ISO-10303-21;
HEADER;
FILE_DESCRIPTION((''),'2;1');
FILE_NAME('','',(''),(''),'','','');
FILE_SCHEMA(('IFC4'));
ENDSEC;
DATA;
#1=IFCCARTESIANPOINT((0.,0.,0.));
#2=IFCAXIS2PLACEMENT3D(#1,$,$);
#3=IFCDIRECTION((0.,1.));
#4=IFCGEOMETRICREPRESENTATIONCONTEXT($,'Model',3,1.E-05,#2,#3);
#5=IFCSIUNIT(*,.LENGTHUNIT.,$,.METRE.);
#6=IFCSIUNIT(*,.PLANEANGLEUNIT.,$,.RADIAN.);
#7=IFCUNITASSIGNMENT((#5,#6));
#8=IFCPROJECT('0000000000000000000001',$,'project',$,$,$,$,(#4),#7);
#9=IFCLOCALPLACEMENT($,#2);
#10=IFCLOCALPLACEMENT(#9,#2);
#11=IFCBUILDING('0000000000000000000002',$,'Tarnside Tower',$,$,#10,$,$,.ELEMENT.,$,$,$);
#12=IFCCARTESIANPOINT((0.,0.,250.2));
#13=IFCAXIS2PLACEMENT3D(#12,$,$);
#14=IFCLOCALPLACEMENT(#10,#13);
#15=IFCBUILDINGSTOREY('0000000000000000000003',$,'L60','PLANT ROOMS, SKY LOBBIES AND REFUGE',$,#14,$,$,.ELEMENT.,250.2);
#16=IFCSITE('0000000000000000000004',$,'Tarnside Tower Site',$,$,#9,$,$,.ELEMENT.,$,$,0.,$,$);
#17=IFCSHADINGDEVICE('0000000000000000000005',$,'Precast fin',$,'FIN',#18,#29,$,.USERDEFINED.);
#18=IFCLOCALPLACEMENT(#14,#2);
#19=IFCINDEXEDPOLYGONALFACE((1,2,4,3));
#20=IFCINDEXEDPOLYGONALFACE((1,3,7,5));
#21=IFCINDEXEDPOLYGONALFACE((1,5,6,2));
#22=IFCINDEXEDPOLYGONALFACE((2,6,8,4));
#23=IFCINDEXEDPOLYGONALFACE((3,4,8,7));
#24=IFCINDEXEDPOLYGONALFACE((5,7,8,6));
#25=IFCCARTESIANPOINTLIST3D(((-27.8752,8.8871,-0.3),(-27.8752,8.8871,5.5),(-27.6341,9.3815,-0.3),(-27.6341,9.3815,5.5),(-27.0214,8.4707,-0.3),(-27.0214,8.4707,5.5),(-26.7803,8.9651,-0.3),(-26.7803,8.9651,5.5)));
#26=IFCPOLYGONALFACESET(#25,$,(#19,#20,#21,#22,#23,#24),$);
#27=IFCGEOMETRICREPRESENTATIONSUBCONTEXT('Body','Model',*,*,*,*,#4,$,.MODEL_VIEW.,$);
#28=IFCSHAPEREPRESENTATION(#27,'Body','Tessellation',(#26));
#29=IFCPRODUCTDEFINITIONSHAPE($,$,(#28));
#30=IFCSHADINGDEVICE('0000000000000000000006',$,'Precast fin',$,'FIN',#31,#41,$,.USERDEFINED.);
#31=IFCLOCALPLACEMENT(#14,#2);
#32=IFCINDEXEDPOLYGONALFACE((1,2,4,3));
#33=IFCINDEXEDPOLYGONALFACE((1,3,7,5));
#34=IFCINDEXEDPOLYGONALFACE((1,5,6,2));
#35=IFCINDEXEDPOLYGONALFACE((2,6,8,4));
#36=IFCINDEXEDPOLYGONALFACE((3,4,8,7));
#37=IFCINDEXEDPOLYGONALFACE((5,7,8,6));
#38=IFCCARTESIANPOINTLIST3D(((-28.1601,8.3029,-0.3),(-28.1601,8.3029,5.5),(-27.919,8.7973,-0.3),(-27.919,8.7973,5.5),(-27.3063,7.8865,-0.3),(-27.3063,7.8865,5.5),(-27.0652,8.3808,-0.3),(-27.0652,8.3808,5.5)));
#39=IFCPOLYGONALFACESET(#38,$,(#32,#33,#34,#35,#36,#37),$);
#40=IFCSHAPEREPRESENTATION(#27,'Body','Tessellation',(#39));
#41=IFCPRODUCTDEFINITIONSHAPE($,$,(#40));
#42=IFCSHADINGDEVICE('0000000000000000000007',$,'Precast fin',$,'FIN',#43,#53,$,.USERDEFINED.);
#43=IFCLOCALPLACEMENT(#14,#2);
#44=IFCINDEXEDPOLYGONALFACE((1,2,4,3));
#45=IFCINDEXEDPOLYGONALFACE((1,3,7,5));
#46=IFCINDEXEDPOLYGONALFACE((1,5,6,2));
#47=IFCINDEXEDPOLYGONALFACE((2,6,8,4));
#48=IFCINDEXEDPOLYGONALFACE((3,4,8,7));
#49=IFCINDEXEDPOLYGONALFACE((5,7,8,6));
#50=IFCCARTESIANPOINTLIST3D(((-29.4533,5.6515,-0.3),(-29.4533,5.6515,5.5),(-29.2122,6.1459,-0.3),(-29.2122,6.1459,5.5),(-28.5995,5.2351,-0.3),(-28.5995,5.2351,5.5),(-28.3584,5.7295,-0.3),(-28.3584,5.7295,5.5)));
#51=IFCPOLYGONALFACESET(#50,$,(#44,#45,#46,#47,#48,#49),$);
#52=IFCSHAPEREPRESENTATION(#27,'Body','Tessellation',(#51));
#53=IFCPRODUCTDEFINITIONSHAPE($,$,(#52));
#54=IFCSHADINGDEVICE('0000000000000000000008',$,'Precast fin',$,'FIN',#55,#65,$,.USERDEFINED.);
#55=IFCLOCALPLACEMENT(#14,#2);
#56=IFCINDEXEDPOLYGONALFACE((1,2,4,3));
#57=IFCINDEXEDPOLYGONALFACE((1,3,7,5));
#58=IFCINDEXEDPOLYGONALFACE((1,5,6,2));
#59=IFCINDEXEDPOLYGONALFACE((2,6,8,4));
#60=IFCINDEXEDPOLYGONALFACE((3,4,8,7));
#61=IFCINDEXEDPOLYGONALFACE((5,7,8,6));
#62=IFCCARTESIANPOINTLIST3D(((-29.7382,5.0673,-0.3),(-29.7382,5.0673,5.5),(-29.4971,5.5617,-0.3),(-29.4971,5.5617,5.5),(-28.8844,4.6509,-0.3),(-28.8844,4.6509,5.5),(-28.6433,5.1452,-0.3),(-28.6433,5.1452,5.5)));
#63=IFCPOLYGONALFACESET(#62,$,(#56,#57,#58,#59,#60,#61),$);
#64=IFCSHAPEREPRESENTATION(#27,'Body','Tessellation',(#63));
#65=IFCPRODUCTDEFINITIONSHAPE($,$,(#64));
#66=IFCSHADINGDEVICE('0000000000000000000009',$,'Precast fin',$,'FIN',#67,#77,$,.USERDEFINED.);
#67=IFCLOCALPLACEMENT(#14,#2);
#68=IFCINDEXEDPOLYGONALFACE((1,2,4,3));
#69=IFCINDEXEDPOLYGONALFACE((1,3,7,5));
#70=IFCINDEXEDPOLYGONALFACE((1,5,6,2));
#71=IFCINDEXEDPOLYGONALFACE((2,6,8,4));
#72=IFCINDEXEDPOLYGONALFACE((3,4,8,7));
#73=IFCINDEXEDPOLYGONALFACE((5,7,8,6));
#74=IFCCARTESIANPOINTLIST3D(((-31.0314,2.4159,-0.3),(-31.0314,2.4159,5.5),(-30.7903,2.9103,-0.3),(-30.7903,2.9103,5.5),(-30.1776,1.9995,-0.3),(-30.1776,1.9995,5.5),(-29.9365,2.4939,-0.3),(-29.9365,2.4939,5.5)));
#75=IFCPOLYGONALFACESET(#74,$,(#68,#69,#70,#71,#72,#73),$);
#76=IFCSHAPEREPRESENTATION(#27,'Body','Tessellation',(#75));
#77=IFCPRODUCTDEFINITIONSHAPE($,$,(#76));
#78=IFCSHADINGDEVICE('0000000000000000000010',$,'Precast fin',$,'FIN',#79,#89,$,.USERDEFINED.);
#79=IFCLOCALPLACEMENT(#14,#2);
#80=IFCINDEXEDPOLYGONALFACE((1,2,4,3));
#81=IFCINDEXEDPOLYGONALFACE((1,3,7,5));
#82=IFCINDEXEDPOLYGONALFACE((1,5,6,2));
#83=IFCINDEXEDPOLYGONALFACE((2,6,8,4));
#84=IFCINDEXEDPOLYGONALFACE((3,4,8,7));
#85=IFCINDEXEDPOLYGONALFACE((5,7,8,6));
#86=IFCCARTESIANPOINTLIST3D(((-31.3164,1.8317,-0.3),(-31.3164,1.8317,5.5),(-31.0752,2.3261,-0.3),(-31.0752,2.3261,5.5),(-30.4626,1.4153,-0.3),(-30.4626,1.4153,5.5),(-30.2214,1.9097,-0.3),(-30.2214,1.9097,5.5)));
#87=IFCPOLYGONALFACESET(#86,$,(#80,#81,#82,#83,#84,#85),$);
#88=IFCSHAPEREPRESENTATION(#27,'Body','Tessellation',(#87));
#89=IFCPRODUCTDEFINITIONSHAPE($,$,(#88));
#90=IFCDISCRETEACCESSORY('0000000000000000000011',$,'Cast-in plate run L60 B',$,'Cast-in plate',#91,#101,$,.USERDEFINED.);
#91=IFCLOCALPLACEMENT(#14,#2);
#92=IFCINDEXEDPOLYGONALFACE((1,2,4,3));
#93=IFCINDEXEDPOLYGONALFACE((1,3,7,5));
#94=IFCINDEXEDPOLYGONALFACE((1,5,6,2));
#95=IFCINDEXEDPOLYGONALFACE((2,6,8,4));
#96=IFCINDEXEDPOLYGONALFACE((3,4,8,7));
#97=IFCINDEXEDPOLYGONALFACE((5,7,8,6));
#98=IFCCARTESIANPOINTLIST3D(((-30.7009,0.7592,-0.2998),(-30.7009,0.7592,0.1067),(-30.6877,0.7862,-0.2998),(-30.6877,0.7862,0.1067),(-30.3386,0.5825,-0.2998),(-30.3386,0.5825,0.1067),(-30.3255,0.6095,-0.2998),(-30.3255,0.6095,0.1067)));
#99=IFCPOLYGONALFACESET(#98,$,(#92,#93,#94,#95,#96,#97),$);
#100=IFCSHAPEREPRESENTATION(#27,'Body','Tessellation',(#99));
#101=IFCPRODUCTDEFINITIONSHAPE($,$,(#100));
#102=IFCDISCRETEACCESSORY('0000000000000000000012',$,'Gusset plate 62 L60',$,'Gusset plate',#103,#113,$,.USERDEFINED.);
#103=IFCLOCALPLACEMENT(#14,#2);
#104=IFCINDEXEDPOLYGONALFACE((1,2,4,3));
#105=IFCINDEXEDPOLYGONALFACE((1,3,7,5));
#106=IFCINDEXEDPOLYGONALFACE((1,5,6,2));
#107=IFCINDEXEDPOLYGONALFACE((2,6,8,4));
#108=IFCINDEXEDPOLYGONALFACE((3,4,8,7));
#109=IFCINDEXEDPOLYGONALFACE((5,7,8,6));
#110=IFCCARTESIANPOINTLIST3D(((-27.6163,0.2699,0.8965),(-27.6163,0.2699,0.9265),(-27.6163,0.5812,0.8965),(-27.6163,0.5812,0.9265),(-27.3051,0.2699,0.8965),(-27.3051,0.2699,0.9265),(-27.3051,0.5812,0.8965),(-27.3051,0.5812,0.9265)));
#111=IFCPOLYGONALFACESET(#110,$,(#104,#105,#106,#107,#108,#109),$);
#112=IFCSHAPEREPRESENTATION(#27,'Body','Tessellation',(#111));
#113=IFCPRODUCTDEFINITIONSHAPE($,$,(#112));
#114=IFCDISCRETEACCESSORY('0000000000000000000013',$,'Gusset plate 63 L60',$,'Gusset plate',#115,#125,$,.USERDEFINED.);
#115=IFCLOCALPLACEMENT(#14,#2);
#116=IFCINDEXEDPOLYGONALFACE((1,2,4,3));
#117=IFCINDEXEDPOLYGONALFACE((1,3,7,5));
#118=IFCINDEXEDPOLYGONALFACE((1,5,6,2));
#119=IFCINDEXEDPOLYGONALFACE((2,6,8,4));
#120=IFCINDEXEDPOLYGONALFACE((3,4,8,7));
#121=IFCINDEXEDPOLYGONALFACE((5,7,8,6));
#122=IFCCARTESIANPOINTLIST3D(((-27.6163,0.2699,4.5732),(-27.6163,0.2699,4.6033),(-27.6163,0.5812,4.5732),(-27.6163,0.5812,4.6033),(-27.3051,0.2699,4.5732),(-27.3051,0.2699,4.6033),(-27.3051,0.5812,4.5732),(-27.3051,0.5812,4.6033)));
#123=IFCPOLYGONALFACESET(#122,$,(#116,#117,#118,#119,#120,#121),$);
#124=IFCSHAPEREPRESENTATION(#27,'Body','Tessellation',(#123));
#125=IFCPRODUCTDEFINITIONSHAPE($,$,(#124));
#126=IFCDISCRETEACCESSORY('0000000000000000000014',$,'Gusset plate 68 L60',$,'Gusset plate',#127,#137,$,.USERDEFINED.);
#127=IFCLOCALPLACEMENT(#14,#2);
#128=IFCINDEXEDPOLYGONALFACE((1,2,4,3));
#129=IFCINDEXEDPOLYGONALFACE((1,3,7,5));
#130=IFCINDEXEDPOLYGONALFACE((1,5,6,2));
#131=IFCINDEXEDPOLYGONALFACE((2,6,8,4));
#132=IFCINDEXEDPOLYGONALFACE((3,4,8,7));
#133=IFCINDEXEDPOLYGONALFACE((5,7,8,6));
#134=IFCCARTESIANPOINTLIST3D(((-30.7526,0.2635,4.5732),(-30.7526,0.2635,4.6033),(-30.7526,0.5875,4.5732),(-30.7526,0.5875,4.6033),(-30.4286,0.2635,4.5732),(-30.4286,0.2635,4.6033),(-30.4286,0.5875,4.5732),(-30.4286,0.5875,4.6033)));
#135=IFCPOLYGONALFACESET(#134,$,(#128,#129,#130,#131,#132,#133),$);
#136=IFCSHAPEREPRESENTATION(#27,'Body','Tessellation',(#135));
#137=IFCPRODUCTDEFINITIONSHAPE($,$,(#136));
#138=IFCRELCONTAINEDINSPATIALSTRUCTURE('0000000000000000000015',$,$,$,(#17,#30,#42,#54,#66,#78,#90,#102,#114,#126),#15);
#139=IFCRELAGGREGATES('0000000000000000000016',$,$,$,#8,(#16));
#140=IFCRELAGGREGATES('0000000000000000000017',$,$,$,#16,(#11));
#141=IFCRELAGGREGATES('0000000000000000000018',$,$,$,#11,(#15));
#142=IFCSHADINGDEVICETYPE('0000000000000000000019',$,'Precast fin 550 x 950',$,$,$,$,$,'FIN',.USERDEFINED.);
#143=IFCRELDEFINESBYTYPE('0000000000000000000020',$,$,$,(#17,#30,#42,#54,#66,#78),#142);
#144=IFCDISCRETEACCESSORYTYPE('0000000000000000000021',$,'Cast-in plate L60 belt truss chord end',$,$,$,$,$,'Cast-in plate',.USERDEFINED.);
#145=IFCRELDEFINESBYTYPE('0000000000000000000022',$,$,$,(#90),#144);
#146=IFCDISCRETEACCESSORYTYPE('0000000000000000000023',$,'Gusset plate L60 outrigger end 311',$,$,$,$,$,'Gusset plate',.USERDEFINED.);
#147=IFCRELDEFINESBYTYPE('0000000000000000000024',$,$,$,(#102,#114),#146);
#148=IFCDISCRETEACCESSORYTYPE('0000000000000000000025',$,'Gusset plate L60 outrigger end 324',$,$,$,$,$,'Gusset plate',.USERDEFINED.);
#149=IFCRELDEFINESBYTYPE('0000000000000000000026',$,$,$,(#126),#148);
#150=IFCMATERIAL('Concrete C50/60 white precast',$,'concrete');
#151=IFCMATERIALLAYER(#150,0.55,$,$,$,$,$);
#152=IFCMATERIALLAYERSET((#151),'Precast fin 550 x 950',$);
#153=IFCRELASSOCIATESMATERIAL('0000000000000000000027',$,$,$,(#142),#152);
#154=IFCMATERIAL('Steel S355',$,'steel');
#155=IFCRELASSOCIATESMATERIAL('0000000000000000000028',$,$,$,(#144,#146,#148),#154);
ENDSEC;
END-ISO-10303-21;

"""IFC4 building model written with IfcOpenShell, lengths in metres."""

from ifc_helpers import new_model, si_unit, direction, frame, origin, origin_2d, place, context, subcontext, project, spatial, polyline, rectangle, outline, extrude, material, layer, layer_set, type_object, element, save


model = new_model("IFC4")

# Units and contexts
model_context = context("Model", 3, precision=1e-05, world=origin(), true_north=direction((0.0, 1.0)))
body_context = subcontext(model_context, "Body", "Model", "MODEL_VIEW")
ifc_project = project(units=[si_unit("LENGTHUNIT", "METRE"), si_unit("PLANEANGLEUNIT", "RADIAN")], contexts=[model_context])

# Site, building, storey
site_placement = place(None, origin())
site = spatial("IfcSite", under=ifc_project, at=site_placement, Name="Tarnside Tower Site", CompositionType="ELEMENT", RefElevation=0.0)
building_placement = place(site_placement, origin())
building = spatial("IfcBuilding", under=site, at=building_placement, Name="Tarnside Tower", CompositionType="ELEMENT")
storey_placement = place(building_placement, frame((0.0, 0.0, 250.2)))
storey = spatial("IfcBuildingStorey", under=building, at=storey_placement, Name="L60", Description="PLANT ROOMS, SKY LOBBIES AND REFUGE", CompositionType="ELEMENT", Elevation=250.2)

# Shared definitions
ifc_material_1 = material(Name="Steel S355", Category="steel")

# Shading devices
ifc_material_2 = material(Name="Concrete C50/60 white precast", Category="concrete")
ifc_layer_1 = layer(ifc_material_2, 0.55)
ifc_layer_set_1 = layer_set([ifc_layer_1], Name="Precast fin 550 x 950")
shading_device_type_1 = type_object("IfcShadingDeviceType", Name="Precast fin 550 x 950", ElementType="FIN", PredefinedType="USERDEFINED", material=ifc_layer_set_1)
for number, where, z_axis, x_axis, name in (
    (1, (-26.9009, 8.7178, -0.3), (0.438371, 0.898794, 0.0), (-0.898794, 0.438371, 0.0), "Precast fin"),
    (2, (-27.1858, 8.1335, -0.3), (0.438371, 0.898794, 0.0), (-0.898794, 0.438371, 0.0), "Precast fin"),
    (3, (-28.479, 5.4822, -0.3), (0.438371, 0.898794, 0.0), (-0.898794, 0.438371, 0.0), "Precast fin"),
    (4, (-28.7639, 4.8979, -0.3), (0.438371, 0.898794, 0.0), (-0.898794, 0.438371, 0.0), "Precast fin"),
    (5, (-30.0571, 2.2466, -0.3), (0.438371, 0.898794, 0.0), (-0.898794, 0.438371, 0.0), "Precast fin"),
    (6, (-30.342, 1.6624, -0.3), (0.438371, 0.898794, 0.0), (-0.898794, 0.438371, 0.0), "Precast fin"),
):
    element("IfcShadingDevice", number, at=place(storey_placement, frame(where, z_axis=z_axis, x_axis=x_axis)), inside=storey, type_object=shading_device_type_1, Name=name, ObjectType="FIN", PredefinedType="USERDEFINED", context=body_context, shape_type="SweptSolid", body=[
        extrude(outline(polyline([(0.0, 0.0), (0.95, 0.0), (0.95, 5.8), (0.0, 5.8), (0.0, 0.0)])), frame((0.0, 0.0, -0.2749)), (0.0, 0.0, 1.0), 0.55),
    ])

# Discrete accessories
discrete_accessory_type_1 = type_object("IfcDiscreteAccessoryType", Name="Cast-in plate L60 belt truss chord end", ElementType="Cast-in plate", PredefinedType="USERDEFINED", material=ifc_material_1)
discrete_accessory_1_placement = place(storey_placement, frame((-30.5132, 0.6843, -0.2998), z_axis=(0.0, 0.0, 1.0), x_axis=(-0.438371, -0.898794, 0.0)))
element("IfcDiscreteAccessory", 7, at=discrete_accessory_1_placement, inside=storey, type_object=discrete_accessory_type_1, Name="Cast-in plate run L60 B", ObjectType="Cast-in plate", PredefinedType="USERDEFINED", context=body_context, shape_type="SweptSolid", body=[
    extrude(rectangle(XDim=0.03, YDim=0.4031, at=origin_2d()), origin(), (0.0, 0.0, 1.0), 0.4065),
])
discrete_accessory_type_2 = type_object("IfcDiscreteAccessoryType", Name="Gusset plate L60 outrigger end 311", ElementType="Gusset plate", PredefinedType="USERDEFINED", material=ifc_material_1)
for number, where, z_axis, x_axis, name in (
    (8, (-27.4607, 0.4255, 0.8965), (0.0, 0.0, 1.0), (1.0, 0.0, 0.0), "Gusset plate 62 L60"),
    (9, (-27.4607, 0.4255, 4.5732), (0.0, 0.0, 1.0), (1.0, 0.0, 0.0), "Gusset plate 63 L60"),
):
    element("IfcDiscreteAccessory", number, at=place(storey_placement, frame(where, z_axis=z_axis, x_axis=x_axis)), inside=storey, type_object=discrete_accessory_type_2, Name=name, ObjectType="Gusset plate", PredefinedType="USERDEFINED", context=body_context, shape_type="SweptSolid", body=[
        extrude(rectangle(XDim=0.3113, YDim=0.3113, at=origin_2d()), origin(), (0.0, 0.0, 1.0), 0.03),
    ])
discrete_accessory_type_3 = type_object("IfcDiscreteAccessoryType", Name="Gusset plate L60 outrigger end 324", ElementType="Gusset plate", PredefinedType="USERDEFINED", material=ifc_material_1)
discrete_accessory_2_placement = place(storey_placement, frame((-30.5906, 0.4255, 4.5732), z_axis=(0.0, 0.0, 1.0), x_axis=(1.0, 0.0, 0.0)))
element("IfcDiscreteAccessory", 10, at=discrete_accessory_2_placement, inside=storey, type_object=discrete_accessory_type_3, Name="Gusset plate 68 L60", ObjectType="Gusset plate", PredefinedType="USERDEFINED", context=body_context, shape_type="SweptSolid", body=[
    extrude(rectangle(XDim=0.324, YDim=0.324, at=origin_2d()), origin(), (0.0, 0.0, 1.0), 0.03),
])

save(model, "model.ifc")
